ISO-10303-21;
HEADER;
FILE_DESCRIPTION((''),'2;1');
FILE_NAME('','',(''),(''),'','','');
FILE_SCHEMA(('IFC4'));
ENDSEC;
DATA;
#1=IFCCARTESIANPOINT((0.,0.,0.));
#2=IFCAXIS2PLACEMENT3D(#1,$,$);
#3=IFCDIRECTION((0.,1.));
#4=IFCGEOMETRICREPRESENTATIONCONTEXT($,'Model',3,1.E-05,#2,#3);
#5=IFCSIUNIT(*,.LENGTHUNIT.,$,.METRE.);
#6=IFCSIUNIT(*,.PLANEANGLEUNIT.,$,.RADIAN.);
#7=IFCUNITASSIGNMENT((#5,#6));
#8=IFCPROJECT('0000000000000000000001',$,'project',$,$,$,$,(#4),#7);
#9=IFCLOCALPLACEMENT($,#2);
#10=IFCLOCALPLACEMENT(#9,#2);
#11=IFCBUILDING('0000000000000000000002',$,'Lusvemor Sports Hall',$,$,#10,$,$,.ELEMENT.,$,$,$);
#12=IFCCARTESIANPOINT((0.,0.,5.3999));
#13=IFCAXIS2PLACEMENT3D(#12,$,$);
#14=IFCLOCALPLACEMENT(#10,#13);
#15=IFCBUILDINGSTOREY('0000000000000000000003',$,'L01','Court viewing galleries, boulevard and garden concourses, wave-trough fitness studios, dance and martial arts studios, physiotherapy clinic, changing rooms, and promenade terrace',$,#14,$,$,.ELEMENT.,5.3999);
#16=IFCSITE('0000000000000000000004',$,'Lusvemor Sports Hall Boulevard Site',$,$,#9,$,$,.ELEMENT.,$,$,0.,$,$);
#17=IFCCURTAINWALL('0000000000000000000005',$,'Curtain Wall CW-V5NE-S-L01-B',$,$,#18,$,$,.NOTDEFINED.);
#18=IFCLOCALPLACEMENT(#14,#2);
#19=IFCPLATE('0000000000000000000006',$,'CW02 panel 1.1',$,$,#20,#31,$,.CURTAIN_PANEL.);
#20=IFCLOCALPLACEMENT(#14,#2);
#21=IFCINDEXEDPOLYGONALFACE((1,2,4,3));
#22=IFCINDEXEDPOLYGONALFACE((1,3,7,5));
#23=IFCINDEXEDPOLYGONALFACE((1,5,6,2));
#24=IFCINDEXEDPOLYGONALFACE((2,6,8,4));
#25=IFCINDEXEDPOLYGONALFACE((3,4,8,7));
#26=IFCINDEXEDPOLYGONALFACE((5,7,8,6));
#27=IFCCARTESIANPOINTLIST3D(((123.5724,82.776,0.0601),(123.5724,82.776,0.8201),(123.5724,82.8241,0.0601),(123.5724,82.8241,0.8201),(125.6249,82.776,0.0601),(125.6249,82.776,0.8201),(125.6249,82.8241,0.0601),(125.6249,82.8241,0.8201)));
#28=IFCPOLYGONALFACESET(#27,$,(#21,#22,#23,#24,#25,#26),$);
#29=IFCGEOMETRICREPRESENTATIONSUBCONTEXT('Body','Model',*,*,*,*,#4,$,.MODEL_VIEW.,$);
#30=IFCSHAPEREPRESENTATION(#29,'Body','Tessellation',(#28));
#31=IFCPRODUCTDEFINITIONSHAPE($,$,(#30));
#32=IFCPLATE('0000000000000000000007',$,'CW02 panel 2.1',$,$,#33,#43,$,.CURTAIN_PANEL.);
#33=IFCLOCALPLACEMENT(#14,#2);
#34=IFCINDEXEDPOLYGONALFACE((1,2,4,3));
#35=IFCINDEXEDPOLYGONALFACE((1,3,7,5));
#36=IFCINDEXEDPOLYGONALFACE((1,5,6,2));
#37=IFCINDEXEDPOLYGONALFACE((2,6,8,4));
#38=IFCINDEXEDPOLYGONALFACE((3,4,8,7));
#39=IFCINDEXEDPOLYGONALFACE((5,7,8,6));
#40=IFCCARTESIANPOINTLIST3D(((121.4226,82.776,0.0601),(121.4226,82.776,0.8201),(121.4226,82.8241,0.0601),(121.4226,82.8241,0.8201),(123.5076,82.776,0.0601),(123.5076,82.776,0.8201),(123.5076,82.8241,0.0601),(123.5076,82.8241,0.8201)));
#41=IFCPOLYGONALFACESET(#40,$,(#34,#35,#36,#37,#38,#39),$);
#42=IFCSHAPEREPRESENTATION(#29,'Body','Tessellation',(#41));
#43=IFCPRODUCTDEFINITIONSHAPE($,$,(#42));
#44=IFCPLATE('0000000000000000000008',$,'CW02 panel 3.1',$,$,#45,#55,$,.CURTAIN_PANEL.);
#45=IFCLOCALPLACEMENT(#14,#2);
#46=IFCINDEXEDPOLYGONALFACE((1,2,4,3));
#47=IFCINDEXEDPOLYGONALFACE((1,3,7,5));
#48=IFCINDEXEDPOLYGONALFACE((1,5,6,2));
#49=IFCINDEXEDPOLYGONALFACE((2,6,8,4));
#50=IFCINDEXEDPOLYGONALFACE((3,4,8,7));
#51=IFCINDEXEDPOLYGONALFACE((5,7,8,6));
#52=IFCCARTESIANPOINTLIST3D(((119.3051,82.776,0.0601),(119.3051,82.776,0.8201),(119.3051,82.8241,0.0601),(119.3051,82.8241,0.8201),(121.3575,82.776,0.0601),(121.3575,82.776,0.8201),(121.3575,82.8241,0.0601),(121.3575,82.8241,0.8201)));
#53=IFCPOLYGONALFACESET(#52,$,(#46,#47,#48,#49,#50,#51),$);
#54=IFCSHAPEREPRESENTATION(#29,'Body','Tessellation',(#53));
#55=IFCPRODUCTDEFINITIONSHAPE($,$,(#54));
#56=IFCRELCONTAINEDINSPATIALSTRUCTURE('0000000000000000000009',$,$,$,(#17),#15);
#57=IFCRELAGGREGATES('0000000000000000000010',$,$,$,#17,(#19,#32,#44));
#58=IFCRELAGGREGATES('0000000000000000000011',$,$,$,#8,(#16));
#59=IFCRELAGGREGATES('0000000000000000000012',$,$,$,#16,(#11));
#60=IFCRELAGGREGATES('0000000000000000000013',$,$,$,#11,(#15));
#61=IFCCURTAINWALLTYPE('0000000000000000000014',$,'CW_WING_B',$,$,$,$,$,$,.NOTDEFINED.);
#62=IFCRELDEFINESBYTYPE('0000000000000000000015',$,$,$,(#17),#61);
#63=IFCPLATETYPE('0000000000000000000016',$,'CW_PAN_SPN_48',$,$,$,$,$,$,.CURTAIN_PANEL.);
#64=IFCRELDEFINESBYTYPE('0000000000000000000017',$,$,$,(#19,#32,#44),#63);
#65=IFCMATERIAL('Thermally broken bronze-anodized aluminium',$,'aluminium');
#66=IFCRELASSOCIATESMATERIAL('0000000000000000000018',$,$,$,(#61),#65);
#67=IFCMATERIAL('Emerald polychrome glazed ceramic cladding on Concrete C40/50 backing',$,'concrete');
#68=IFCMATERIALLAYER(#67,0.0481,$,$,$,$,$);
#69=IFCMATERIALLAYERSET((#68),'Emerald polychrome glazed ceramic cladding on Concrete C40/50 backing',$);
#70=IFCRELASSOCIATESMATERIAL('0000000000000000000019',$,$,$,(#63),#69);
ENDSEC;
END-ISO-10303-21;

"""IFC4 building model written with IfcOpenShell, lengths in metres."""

from ifc_helpers import new_model, si_unit, direction, frame, origin, origin_2d, place, context, subcontext, project, spatial, rectangle, extrude, material, layer, layer_set, type_object, element, aggregate, save


model = new_model("IFC4")

# Units and contexts
model_context = context("Model", 3, precision=1e-05, world=origin(), true_north=direction((0.0, 1.0)))
body_context = subcontext(model_context, "Body", "Model", "MODEL_VIEW")
ifc_project = project(units=[si_unit("LENGTHUNIT", "METRE"), si_unit("PLANEANGLEUNIT", "RADIAN")], contexts=[model_context])

# Site, building, storey
site_placement = place(None, origin())
site = spatial("IfcSite", under=ifc_project, at=site_placement, Name="Lusvemor Sports Hall Boulevard Site", CompositionType="ELEMENT", RefElevation=0.0)
building_placement = place(site_placement, origin())
building = spatial("IfcBuilding", under=site, at=building_placement, Name="Lusvemor Sports Hall", CompositionType="ELEMENT")
storey_placement = place(building_placement, frame((0.0, 0.0, 5.3999)))
storey = spatial("IfcBuildingStorey", under=building, at=storey_placement, Name="L01", Description="Court viewing galleries, boulevard and garden concourses, wave-trough fitness studios, dance and martial arts studios, physiotherapy clinic, changing rooms, and promenade terrace", CompositionType="ELEMENT", Elevation=5.3999)

# Shared definitions
ifc_material_1 = material(Name="Thermally broken bronze-anodized aluminium", Category="aluminium")
curtain_wall_type = type_object("IfcCurtainWallType", Name="CW_WING_B", PredefinedType="NOTDEFINED", material=ifc_material_1)

# Curtain wall
curtain_wall_1_placement = place(storey_placement, origin())
curtain_wall_1 = element("IfcCurtainWall", 1, at=curtain_wall_1_placement, inside=storey, type_object=curtain_wall_type, Name="Curtain Wall CW-V5NE-S-L01-B", PredefinedType="NOTDEFINED")

# Plates
ifc_material_2 = material(Name="Emerald polychrome glazed ceramic cladding on Concrete C40/50 backing", Category="concrete")
ifc_layer_1 = layer(ifc_material_2, 0.0481)
ifc_layer_set_1 = layer_set([ifc_layer_1], Name="Emerald polychrome glazed ceramic cladding on Concrete C40/50 backing")
plate_type_1 = type_object("IfcPlateType", Name="CW_PAN_SPN_48", PredefinedType="CURTAIN_PANEL", material=ifc_layer_set_1)
plate_1_placement = place(storey_placement, frame((124.5986, 82.8, 0.0601), z_axis=(0.0, 0.0, 1.0), x_axis=(-1.0, 0.0, 0.0)))
plate_1 = element("IfcPlate", 2, at=plate_1_placement, type_object=plate_type_1, Name="CW02 panel 1.1", PredefinedType="CURTAIN_PANEL", context=body_context, shape_type="SweptSolid", body=[
    extrude(rectangle(XDim=2.0525, YDim=0.0481, at=origin_2d()), origin(), (0.0, 0.0, 1.0), 0.76),
])
plate_2_placement = place(storey_placement, frame((122.4651, 82.8, 0.0601), z_axis=(0.0, 0.0, 1.0), x_axis=(-1.0, 0.0, 0.0)))
plate_2 = element("IfcPlate", 3, at=plate_2_placement, type_object=plate_type_1, Name="CW02 panel 2.1", PredefinedType="CURTAIN_PANEL", context=body_context, shape_type="SweptSolid", body=[
    extrude(rectangle(XDim=2.085, YDim=0.0481, at=origin_2d()), origin(), (0.0, 0.0, 1.0), 0.76),
])
plate_3_placement = place(storey_placement, frame((120.3313, 82.8, 0.0601), z_axis=(0.0, 0.0, 1.0), x_axis=(-1.0, 0.0, 0.0)))
plate_3 = element("IfcPlate", 4, at=plate_3_placement, type_object=plate_type_1, Name="CW02 panel 3.1", PredefinedType="CURTAIN_PANEL", context=body_context, shape_type="SweptSolid", body=[
    extrude(rectangle(XDim=2.0525, YDim=0.0481, at=origin_2d()), origin(), (0.0, 0.0, 1.0), 0.76),
])
aggregate(curtain_wall_1, [plate_1, plate_2, plate_3])

save(model, "model.ifc")
